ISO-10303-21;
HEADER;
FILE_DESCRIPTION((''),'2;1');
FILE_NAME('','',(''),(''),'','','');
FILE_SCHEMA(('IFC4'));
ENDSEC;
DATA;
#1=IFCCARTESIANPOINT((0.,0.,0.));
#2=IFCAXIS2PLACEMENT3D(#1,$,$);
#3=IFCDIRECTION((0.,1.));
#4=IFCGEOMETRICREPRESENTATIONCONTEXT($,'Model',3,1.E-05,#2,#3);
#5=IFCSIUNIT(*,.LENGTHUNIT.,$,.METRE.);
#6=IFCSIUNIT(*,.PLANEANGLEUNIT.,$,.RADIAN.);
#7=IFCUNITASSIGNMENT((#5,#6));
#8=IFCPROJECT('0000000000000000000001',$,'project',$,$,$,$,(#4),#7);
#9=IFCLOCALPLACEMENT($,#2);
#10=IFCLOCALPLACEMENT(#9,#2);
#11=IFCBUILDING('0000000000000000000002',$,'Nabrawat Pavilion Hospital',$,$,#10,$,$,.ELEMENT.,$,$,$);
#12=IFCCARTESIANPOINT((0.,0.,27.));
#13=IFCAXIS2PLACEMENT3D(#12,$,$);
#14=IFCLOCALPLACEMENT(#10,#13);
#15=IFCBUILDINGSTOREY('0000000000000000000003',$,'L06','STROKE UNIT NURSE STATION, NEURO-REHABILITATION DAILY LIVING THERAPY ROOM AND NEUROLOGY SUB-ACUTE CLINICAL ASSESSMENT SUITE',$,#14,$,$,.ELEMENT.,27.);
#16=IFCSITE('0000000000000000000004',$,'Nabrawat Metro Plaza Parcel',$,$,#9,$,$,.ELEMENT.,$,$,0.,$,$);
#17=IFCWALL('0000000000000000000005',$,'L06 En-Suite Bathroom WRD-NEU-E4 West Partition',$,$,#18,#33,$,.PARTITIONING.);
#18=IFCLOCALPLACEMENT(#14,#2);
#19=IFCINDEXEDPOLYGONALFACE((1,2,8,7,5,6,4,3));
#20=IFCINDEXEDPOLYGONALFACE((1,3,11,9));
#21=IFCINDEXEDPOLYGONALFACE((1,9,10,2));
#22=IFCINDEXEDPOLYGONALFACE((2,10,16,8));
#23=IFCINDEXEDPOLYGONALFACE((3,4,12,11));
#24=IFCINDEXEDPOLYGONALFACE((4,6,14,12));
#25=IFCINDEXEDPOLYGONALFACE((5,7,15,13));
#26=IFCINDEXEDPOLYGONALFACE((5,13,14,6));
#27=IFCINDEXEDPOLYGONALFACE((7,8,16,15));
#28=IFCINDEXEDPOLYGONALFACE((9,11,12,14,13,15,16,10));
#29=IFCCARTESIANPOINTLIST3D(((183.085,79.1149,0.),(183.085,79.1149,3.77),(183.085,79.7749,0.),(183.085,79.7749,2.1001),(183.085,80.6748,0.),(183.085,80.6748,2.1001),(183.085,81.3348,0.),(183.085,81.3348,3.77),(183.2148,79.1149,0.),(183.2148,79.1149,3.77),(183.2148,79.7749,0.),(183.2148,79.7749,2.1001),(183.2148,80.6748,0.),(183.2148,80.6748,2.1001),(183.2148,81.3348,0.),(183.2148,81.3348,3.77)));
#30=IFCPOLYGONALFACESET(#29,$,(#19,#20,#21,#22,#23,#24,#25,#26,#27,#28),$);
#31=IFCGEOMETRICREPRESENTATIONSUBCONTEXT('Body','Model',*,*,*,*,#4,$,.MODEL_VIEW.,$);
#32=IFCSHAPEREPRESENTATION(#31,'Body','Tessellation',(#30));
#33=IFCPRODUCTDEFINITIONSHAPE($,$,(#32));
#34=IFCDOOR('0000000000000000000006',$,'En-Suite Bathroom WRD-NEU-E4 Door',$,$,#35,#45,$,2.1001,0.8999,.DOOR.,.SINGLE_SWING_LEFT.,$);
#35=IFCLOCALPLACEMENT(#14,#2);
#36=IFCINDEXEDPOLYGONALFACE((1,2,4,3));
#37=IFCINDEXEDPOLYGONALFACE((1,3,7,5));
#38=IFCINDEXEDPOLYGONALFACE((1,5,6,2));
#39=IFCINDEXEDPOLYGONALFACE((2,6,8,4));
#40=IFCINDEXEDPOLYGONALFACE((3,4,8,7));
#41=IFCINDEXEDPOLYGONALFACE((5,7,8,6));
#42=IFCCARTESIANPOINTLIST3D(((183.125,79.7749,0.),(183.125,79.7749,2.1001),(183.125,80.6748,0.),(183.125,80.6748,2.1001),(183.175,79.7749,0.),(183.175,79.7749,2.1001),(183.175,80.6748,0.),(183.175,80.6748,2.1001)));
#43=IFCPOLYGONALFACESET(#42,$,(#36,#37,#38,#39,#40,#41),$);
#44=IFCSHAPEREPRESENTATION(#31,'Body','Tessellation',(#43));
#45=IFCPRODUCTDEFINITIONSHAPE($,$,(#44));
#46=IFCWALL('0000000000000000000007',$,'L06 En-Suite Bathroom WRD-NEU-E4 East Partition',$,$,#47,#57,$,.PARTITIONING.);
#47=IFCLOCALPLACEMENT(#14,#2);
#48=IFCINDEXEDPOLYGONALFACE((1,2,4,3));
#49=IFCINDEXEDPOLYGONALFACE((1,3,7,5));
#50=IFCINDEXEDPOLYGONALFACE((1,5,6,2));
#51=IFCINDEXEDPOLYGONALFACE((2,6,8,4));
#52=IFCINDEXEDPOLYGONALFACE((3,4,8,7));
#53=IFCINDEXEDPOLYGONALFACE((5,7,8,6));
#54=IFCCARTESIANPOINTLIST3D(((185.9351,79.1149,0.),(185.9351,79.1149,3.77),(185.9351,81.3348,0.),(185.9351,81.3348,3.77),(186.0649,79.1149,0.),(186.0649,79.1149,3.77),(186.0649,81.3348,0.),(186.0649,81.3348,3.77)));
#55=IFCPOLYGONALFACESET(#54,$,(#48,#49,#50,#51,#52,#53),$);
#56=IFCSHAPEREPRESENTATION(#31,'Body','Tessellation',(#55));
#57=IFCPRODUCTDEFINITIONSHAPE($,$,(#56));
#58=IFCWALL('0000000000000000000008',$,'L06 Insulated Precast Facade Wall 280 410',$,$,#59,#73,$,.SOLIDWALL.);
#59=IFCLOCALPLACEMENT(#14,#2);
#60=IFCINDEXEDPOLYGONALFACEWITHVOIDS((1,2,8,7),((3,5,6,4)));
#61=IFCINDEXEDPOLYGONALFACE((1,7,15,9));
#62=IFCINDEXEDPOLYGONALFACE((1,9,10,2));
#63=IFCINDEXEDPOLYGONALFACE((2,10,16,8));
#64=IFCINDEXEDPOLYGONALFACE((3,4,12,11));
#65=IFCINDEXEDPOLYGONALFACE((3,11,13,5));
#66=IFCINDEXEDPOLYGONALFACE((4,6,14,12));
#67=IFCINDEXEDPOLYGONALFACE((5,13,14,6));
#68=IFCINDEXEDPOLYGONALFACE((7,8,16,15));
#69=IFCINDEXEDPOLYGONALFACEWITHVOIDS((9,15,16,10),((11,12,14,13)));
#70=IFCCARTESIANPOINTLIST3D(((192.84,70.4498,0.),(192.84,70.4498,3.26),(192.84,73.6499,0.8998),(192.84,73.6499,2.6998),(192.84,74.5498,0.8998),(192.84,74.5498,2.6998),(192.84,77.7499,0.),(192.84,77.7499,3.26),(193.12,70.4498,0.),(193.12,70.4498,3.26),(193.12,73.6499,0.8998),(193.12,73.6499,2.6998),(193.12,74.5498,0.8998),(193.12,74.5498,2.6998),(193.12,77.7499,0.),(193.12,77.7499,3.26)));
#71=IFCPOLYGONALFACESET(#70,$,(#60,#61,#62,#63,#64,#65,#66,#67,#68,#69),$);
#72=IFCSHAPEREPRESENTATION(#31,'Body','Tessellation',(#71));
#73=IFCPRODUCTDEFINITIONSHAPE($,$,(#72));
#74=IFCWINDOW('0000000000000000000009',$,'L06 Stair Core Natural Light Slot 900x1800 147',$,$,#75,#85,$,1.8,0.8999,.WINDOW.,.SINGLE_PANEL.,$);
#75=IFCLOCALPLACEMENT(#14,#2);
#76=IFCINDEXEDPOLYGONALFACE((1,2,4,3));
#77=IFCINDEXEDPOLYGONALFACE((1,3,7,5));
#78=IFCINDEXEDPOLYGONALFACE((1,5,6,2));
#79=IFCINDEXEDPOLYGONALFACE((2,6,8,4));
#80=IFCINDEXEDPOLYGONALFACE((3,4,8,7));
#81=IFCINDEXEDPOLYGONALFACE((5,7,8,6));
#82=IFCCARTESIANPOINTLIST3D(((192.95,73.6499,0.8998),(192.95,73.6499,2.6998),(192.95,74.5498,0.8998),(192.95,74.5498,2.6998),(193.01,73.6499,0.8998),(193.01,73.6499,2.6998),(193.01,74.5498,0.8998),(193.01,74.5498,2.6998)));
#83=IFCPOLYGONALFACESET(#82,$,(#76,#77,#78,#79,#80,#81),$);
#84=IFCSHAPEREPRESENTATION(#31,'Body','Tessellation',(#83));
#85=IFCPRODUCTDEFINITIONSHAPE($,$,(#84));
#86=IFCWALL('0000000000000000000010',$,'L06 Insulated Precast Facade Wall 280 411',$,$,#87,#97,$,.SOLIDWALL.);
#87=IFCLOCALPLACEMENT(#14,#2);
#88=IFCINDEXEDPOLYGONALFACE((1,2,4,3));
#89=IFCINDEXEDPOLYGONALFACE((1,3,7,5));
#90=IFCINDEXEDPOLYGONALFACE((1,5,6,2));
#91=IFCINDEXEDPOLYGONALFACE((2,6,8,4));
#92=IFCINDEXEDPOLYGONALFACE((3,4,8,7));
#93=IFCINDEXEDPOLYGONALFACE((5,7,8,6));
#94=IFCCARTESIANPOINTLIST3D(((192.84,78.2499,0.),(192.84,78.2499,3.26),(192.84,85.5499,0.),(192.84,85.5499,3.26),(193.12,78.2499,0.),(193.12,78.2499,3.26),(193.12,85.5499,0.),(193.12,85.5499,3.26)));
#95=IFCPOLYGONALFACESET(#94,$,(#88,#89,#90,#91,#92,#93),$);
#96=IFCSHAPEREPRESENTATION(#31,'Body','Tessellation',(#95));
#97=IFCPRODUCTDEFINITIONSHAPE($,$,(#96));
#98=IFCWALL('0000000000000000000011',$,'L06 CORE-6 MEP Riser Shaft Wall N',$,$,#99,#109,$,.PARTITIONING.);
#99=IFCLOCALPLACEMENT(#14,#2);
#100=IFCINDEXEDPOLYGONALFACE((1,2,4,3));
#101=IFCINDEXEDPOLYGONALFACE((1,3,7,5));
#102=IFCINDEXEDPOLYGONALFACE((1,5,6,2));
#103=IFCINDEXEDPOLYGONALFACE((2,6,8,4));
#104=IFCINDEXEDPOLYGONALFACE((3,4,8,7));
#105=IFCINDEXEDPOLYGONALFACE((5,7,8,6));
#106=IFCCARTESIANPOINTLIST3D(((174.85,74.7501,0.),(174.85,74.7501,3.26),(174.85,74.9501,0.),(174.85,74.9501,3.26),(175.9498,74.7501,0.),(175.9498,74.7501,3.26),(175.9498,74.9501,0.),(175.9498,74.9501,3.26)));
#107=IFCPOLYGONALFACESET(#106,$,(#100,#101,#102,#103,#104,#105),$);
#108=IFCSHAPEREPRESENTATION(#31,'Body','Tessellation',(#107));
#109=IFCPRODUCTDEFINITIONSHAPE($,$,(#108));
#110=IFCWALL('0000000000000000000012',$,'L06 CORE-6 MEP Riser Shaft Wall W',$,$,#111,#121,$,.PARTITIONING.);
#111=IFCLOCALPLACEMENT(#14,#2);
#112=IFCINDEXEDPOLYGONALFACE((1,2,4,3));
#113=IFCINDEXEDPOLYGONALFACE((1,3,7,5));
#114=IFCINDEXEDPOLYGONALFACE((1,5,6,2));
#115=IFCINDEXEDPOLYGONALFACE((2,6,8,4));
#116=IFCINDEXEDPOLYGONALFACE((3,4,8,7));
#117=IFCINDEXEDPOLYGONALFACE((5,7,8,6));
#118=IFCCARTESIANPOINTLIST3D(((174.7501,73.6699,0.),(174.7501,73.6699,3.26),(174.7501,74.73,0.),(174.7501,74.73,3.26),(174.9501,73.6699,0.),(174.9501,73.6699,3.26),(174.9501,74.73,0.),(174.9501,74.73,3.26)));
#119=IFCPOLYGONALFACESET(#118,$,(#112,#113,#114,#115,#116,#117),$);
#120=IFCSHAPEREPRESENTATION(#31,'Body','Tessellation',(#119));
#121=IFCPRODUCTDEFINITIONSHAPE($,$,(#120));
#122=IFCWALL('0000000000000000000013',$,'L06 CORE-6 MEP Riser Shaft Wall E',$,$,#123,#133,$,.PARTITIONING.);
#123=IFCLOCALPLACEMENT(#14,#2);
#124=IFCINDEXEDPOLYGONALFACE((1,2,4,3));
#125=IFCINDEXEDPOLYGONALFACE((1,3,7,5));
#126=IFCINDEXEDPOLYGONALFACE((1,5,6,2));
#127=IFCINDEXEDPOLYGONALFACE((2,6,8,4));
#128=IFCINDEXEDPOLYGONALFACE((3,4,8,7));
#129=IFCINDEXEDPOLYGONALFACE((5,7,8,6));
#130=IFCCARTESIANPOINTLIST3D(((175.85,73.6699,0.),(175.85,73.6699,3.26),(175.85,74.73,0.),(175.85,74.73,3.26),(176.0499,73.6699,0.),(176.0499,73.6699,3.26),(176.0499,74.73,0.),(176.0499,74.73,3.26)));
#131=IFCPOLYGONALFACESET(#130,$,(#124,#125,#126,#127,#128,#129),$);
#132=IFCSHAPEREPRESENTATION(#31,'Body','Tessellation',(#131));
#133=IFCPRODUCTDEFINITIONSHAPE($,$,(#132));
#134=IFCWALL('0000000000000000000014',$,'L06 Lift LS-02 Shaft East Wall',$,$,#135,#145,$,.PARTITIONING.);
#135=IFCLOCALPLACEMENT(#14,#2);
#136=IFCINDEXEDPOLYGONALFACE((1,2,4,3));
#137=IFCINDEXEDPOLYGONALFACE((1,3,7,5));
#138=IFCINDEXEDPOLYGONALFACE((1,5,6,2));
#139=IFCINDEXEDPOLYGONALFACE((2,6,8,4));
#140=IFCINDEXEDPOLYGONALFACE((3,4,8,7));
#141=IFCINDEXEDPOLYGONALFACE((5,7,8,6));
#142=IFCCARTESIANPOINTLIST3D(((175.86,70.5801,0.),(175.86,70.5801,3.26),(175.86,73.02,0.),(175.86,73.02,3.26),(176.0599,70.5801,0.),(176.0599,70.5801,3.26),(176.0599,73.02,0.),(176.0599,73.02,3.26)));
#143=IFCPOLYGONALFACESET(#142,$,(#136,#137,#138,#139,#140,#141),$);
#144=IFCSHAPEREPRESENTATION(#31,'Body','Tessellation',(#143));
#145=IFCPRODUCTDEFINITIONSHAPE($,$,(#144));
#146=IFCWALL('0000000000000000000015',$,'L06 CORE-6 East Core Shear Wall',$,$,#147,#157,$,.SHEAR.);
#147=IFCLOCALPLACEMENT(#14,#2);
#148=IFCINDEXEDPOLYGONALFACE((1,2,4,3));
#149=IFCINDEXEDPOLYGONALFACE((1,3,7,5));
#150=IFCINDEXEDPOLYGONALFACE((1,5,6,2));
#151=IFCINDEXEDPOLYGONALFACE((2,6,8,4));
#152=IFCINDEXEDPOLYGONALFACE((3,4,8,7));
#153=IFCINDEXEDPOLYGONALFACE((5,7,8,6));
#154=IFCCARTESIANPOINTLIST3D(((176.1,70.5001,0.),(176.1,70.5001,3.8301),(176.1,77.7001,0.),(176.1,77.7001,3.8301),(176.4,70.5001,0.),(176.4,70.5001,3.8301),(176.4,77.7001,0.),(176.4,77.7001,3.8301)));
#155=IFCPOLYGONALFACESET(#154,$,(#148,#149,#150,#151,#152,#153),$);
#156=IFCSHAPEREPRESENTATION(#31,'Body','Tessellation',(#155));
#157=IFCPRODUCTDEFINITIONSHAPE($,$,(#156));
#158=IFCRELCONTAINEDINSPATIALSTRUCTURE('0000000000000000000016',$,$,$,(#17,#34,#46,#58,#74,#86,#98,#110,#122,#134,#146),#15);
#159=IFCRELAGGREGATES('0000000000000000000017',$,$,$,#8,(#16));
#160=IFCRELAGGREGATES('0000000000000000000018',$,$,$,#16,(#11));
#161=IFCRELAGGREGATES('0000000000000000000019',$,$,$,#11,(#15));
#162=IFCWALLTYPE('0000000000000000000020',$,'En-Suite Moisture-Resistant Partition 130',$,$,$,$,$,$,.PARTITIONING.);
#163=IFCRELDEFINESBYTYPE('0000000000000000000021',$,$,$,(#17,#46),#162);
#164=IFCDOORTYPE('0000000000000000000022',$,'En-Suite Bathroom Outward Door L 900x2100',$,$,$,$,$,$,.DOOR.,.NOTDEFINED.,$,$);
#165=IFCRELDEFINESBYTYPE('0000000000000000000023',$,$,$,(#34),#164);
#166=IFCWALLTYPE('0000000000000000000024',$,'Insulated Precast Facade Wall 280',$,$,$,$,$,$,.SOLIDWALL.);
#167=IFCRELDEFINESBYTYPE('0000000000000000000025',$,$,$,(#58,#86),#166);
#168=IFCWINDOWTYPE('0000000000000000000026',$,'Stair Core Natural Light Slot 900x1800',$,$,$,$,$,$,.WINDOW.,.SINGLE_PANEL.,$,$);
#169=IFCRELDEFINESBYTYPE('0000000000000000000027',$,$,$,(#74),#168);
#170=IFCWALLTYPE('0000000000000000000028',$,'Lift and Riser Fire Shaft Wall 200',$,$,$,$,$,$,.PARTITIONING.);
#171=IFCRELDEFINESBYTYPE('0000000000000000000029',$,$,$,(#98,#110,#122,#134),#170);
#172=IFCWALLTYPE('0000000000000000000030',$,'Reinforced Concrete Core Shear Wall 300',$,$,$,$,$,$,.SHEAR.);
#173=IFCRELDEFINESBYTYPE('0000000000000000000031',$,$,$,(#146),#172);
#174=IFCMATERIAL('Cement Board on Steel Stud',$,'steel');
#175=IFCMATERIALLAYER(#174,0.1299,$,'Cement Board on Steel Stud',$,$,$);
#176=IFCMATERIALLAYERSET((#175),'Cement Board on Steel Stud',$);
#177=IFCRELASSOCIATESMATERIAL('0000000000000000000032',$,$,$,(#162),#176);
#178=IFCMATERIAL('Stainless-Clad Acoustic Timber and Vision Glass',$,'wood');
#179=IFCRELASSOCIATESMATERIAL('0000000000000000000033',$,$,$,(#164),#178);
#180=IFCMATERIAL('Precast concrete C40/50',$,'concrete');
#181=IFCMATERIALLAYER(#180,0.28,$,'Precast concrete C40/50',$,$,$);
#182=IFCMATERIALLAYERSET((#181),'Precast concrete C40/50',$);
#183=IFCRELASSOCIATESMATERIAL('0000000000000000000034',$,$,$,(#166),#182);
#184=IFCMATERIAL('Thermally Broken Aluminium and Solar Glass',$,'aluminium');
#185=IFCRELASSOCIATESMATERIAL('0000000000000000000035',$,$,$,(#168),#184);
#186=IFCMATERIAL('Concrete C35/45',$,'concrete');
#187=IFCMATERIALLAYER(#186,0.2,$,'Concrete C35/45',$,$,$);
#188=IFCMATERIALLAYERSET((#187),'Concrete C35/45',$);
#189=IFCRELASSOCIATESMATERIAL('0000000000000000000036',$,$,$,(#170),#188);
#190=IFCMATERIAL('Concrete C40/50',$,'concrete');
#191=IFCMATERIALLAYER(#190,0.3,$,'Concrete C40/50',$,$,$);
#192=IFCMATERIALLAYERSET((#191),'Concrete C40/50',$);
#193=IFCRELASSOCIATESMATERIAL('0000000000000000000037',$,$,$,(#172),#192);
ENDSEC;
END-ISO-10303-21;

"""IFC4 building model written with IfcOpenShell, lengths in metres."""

from ifc_helpers import new_model, si_unit, direction, frame, frame_2d, origin, place, context, subcontext, project, spatial, rectangle, extrude, material, layer, layer_set, type_object, element, fill, save


model = new_model("IFC4")

# Units and contexts
model_context = context("Model", 3, precision=1e-05, world=origin(), true_north=direction((0.0, 1.0)))
body_context = subcontext(model_context, "Body", "Model", "MODEL_VIEW")
ifc_project = project(units=[si_unit("LENGTHUNIT", "METRE"), si_unit("PLANEANGLEUNIT", "RADIAN")], contexts=[model_context])

# Site, building, storey
site_placement = place(None, origin())
site = spatial("IfcSite", under=ifc_project, at=site_placement, Name="Nabrawat Metro Plaza Parcel", CompositionType="ELEMENT", RefElevation=0.0)
building_placement = place(site_placement, origin())
building = spatial("IfcBuilding", under=site, at=building_placement, Name="Nabrawat Pavilion Hospital", CompositionType="ELEMENT")
storey_placement = place(building_placement, frame((0.0, 0.0, 27.0)))
storey = spatial("IfcBuildingStorey", under=building, at=storey_placement, Name="L06", Description="STROKE UNIT NURSE STATION, NEURO-REHABILITATION DAILY LIVING THERAPY ROOM AND NEUROLOGY SUB-ACUTE CLINICAL ASSESSMENT SUITE", CompositionType="ELEMENT", Elevation=27.0)

# Shared definitions
ifc_material_1 = material(Name="Stainless-Clad Acoustic Timber and Vision Glass", Category="wood")

# Shared definitions
ifc_material_2 = material(Name="Cement Board on Steel Stud", Category="steel")
ifc_layer_1 = layer(ifc_material_2, 0.1299, Name="Cement Board on Steel Stud")
ifc_layer_set_1 = layer_set([ifc_layer_1], Name="Cement Board on Steel Stud")
wall_type_1 = type_object("IfcWallType", Name="En-Suite Moisture-Resistant Partition 130", PredefinedType="PARTITIONING", material=ifc_layer_set_1)

# Wall, opening, door
wall_1_placement = place(storey_placement, frame((183.1499, 79.115, 0.0), z_axis=(0.0, 0.0, 1.0), x_axis=(0.0, 1.0, 0.0)))
wall_1 = element("IfcWall", 1, at=wall_1_placement, inside=storey, type_object=wall_type_1, Name="L06 En-Suite Bathroom WRD-NEU-E4 West Partition", PredefinedType="PARTITIONING", context=body_context, shape_type="SweptSolid", body=[
    extrude(rectangle(XDim=2.22, YDim=0.1299, at=frame_2d((1.1099, 0.0))), origin(), (0.0, 0.0, 1.0), 3.77),
])
opening_1_placement = place(wall_1_placement, frame((0.6599, 0.0, 0.0)))
opening_1 = element("IfcOpeningElement", 2, at=opening_1_placement, cuts=wall_1, PredefinedType="OPENING", context=body_context, shape_type="SweptSolid", body=[
    extrude(rectangle(XDim=0.8999, YDim=2.1001, at=frame_2d((0.45, 1.05))), frame((0.0, 0.075, 0.0), z_axis=(0.0, -1.0, 0.0), x_axis=(1.0, 0.0, 0.0)), (0.0, 0.0, 1.0), 0.1499),
])
door_type_1 = type_object("IfcDoorType", Name="En-Suite Bathroom Outward Door L 900x2100", OperationType="NOTDEFINED", PredefinedType="DOOR", material=ifc_material_1)
door_1_placement = place(opening_1_placement, origin())
door_1 = element("IfcDoor", 3, at=door_1_placement, inside=storey, type_object=door_type_1, Name="En-Suite Bathroom WRD-NEU-E4 Door", OperationType="SINGLE_SWING_LEFT", OverallHeight=2.1001, OverallWidth=0.8999, PredefinedType="DOOR", context=body_context, shape_type="SweptSolid", body=[
    extrude(rectangle(XDim=0.8999, YDim=2.1001, at=frame_2d((0.45, 1.05))), frame((0.0, 0.0249, 0.0), z_axis=(0.0, -1.0, 0.0), x_axis=(1.0, 0.0, 0.0)), (0.0, 0.0, 1.0), 0.05),
])
fill(opening_1, door_1)

# Wall
wall_2_placement = place(storey_placement, frame((186.0, 79.115, 0.0), z_axis=(0.0, 0.0, 1.0), x_axis=(0.0, 1.0, 0.0)))
element("IfcWall", 4, at=wall_2_placement, inside=storey, type_object=wall_type_1, Name="L06 En-Suite Bathroom WRD-NEU-E4 East Partition", PredefinedType="PARTITIONING", context=body_context, shape_type="SweptSolid", body=[
    extrude(rectangle(XDim=2.22, YDim=0.1299, at=frame_2d((1.1099, 0.0))), origin(), (0.0, 0.0, 1.0), 3.77),
])

# Wall, opening, window
ifc_material_3 = material(Name="Precast concrete C40/50", Category="concrete")
ifc_layer_2 = layer(ifc_material_3, 0.28, Name="Precast concrete C40/50")
ifc_layer_set_2 = layer_set([ifc_layer_2], Name="Precast concrete C40/50")
wall_type_2 = type_object("IfcWallType", Name="Insulated Precast Facade Wall 280", PredefinedType="SOLIDWALL", material=ifc_layer_set_2)
wall_3_placement = place(storey_placement, frame((192.98, 70.45, 0.0), z_axis=(0.0, 0.0, 1.0), x_axis=(0.0, 1.0, 0.0)))
wall_3 = element("IfcWall", 5, at=wall_3_placement, inside=storey, type_object=wall_type_2, Name="L06 Insulated Precast Facade Wall 280 410", PredefinedType="SOLIDWALL", context=body_context, shape_type="SweptSolid", body=[
    extrude(rectangle(XDim=7.3, YDim=0.28, at=frame_2d((3.6499, 0.0))), origin(), (0.0, 0.0, 1.0), 3.26),
])
opening_2_placement = place(wall_3_placement, frame((3.2, 0.0, 0.8999)))
opening_2 = element("IfcOpeningElement", 6, at=opening_2_placement, cuts=wall_3, PredefinedType="OPENING", context=body_context, shape_type="SweptSolid", body=[
    extrude(rectangle(XDim=0.8999, YDim=1.8, at=frame_2d((0.45, 0.8999))), frame((0.0, 0.1499, 0.0), z_axis=(0.0, -1.0, 0.0), x_axis=(1.0, 0.0, 0.0)), (0.0, 0.0, 1.0), 0.3),
])
ifc_material_4 = material(Name="Thermally Broken Aluminium and Solar Glass", Category="aluminium")
window_type = type_object("IfcWindowType", Name="Stair Core Natural Light Slot 900x1800", PartitioningType="SINGLE_PANEL", PredefinedType="WINDOW", material=ifc_material_4)
window_placement = place(opening_2_placement, origin())
window = element("IfcWindow", 7, at=window_placement, inside=storey, type_object=window_type, Name="L06 Stair Core Natural Light Slot 900x1800 147", OverallHeight=1.8, OverallWidth=0.8999, PartitioningType="SINGLE_PANEL", PredefinedType="WINDOW", context=body_context, shape_type="SweptSolid", body=[
    extrude(rectangle(XDim=0.8999, YDim=1.8, at=frame_2d((0.45, 0.8999))), frame((0.0, 0.03, 0.0), z_axis=(0.0, -1.0, 0.0), x_axis=(1.0, 0.0, 0.0)), (0.0, 0.0, 1.0), 0.0601),
])
fill(opening_2, window)

# Walls
wall_4_placement = place(storey_placement, frame((192.98, 78.25, 0.0), z_axis=(0.0, 0.0, 1.0), x_axis=(0.0, 1.0, 0.0)))
element("IfcWall", 8, at=wall_4_placement, inside=storey, type_object=wall_type_2, Name="L06 Insulated Precast Facade Wall 280 411", PredefinedType="SOLIDWALL", context=body_context, shape_type="SweptSolid", body=[
    extrude(rectangle(XDim=7.3, YDim=0.28, at=frame_2d((3.6499, 0.0))), origin(), (0.0, 0.0, 1.0), 3.26),
])
ifc_material_5 = material(Name="Concrete C35/45", Category="concrete")
ifc_layer_3 = layer(ifc_material_5, 0.2, Name="Concrete C35/45")
ifc_layer_set_3 = layer_set([ifc_layer_3], Name="Concrete C35/45")
wall_type_3 = type_object("IfcWallType", Name="Lift and Riser Fire Shaft Wall 200", PredefinedType="PARTITIONING", material=ifc_layer_set_3)
wall_5_placement = place(storey_placement, frame((174.8501, 74.8501, 0.0), z_axis=(0.0, 0.0, 1.0), x_axis=(1.0, 0.0, 0.0)))
element("IfcWall", 9, at=wall_5_placement, inside=storey, type_object=wall_type_3, Name="L06 CORE-6 MEP Riser Shaft Wall N", PredefinedType="PARTITIONING", context=body_context, shape_type="SweptSolid", body=[
    extrude(rectangle(XDim=1.0999, YDim=0.2, at=frame_2d((0.5498, 0.0))), origin(), (0.0, 0.0, 1.0), 3.26),
])
for number, where, z_axis, x_axis, name in (
    (10, (174.8501, 73.6699, 0.0), (0.0, 0.0, 1.0), (0.0, 1.0, 0.0), "L06 CORE-6 MEP Riser Shaft Wall W"),
    (11, (175.95, 73.6699, 0.0), (0.0, 0.0, 1.0), (0.0, 1.0, 0.0), "L06 CORE-6 MEP Riser Shaft Wall E"),
):
    element("IfcWall", number, at=place(storey_placement, frame(where, z_axis=z_axis, x_axis=x_axis)), inside=storey, type_object=wall_type_3, Name=name, PredefinedType="PARTITIONING", context=body_context, shape_type="SweptSolid", body=[
        extrude(rectangle(XDim=1.0601, YDim=0.2, at=frame_2d((0.53, 0.0))), origin(), (0.0, 0.0, 1.0), 3.26),
    ])
wall_6_placement = place(storey_placement, frame((175.96, 70.5801, 0.0), z_axis=(0.0, 0.0, 1.0), x_axis=(0.0, 1.0, 0.0)))
element("IfcWall", 12, at=wall_6_placement, inside=storey, type_object=wall_type_3, Name="L06 Lift LS-02 Shaft East Wall", PredefinedType="PARTITIONING", context=body_context, shape_type="SweptSolid", body=[
    extrude(rectangle(XDim=2.4399, YDim=0.2, at=frame_2d((1.22, 0.0))), origin(), (0.0, 0.0, 1.0), 3.26),
])
ifc_material_6 = material(Name="Concrete C40/50", Category="concrete")
ifc_layer_4 = layer(ifc_material_6, 0.3, Name="Concrete C40/50")
ifc_layer_set_4 = layer_set([ifc_layer_4], Name="Concrete C40/50")
wall_type_4 = type_object("IfcWallType", Name="Reinforced Concrete Core Shear Wall 300", PredefinedType="SHEAR", material=ifc_layer_set_4)
wall_7_placement = place(storey_placement, frame((176.25, 70.5, 0.0), z_axis=(0.0, 0.0, 1.0), x_axis=(0.0, 1.0, 0.0)))
element("IfcWall", 13, at=wall_7_placement, inside=storey, type_object=wall_type_4, Name="L06 CORE-6 East Core Shear Wall", PredefinedType="SHEAR", context=body_context, shape_type="SweptSolid", body=[
    extrude(rectangle(XDim=7.2, YDim=0.3, at=frame_2d((3.6001, 0.0))), origin(), (0.0, 0.0, 1.0), 3.8301),
])

save(model, "model.ifc")
